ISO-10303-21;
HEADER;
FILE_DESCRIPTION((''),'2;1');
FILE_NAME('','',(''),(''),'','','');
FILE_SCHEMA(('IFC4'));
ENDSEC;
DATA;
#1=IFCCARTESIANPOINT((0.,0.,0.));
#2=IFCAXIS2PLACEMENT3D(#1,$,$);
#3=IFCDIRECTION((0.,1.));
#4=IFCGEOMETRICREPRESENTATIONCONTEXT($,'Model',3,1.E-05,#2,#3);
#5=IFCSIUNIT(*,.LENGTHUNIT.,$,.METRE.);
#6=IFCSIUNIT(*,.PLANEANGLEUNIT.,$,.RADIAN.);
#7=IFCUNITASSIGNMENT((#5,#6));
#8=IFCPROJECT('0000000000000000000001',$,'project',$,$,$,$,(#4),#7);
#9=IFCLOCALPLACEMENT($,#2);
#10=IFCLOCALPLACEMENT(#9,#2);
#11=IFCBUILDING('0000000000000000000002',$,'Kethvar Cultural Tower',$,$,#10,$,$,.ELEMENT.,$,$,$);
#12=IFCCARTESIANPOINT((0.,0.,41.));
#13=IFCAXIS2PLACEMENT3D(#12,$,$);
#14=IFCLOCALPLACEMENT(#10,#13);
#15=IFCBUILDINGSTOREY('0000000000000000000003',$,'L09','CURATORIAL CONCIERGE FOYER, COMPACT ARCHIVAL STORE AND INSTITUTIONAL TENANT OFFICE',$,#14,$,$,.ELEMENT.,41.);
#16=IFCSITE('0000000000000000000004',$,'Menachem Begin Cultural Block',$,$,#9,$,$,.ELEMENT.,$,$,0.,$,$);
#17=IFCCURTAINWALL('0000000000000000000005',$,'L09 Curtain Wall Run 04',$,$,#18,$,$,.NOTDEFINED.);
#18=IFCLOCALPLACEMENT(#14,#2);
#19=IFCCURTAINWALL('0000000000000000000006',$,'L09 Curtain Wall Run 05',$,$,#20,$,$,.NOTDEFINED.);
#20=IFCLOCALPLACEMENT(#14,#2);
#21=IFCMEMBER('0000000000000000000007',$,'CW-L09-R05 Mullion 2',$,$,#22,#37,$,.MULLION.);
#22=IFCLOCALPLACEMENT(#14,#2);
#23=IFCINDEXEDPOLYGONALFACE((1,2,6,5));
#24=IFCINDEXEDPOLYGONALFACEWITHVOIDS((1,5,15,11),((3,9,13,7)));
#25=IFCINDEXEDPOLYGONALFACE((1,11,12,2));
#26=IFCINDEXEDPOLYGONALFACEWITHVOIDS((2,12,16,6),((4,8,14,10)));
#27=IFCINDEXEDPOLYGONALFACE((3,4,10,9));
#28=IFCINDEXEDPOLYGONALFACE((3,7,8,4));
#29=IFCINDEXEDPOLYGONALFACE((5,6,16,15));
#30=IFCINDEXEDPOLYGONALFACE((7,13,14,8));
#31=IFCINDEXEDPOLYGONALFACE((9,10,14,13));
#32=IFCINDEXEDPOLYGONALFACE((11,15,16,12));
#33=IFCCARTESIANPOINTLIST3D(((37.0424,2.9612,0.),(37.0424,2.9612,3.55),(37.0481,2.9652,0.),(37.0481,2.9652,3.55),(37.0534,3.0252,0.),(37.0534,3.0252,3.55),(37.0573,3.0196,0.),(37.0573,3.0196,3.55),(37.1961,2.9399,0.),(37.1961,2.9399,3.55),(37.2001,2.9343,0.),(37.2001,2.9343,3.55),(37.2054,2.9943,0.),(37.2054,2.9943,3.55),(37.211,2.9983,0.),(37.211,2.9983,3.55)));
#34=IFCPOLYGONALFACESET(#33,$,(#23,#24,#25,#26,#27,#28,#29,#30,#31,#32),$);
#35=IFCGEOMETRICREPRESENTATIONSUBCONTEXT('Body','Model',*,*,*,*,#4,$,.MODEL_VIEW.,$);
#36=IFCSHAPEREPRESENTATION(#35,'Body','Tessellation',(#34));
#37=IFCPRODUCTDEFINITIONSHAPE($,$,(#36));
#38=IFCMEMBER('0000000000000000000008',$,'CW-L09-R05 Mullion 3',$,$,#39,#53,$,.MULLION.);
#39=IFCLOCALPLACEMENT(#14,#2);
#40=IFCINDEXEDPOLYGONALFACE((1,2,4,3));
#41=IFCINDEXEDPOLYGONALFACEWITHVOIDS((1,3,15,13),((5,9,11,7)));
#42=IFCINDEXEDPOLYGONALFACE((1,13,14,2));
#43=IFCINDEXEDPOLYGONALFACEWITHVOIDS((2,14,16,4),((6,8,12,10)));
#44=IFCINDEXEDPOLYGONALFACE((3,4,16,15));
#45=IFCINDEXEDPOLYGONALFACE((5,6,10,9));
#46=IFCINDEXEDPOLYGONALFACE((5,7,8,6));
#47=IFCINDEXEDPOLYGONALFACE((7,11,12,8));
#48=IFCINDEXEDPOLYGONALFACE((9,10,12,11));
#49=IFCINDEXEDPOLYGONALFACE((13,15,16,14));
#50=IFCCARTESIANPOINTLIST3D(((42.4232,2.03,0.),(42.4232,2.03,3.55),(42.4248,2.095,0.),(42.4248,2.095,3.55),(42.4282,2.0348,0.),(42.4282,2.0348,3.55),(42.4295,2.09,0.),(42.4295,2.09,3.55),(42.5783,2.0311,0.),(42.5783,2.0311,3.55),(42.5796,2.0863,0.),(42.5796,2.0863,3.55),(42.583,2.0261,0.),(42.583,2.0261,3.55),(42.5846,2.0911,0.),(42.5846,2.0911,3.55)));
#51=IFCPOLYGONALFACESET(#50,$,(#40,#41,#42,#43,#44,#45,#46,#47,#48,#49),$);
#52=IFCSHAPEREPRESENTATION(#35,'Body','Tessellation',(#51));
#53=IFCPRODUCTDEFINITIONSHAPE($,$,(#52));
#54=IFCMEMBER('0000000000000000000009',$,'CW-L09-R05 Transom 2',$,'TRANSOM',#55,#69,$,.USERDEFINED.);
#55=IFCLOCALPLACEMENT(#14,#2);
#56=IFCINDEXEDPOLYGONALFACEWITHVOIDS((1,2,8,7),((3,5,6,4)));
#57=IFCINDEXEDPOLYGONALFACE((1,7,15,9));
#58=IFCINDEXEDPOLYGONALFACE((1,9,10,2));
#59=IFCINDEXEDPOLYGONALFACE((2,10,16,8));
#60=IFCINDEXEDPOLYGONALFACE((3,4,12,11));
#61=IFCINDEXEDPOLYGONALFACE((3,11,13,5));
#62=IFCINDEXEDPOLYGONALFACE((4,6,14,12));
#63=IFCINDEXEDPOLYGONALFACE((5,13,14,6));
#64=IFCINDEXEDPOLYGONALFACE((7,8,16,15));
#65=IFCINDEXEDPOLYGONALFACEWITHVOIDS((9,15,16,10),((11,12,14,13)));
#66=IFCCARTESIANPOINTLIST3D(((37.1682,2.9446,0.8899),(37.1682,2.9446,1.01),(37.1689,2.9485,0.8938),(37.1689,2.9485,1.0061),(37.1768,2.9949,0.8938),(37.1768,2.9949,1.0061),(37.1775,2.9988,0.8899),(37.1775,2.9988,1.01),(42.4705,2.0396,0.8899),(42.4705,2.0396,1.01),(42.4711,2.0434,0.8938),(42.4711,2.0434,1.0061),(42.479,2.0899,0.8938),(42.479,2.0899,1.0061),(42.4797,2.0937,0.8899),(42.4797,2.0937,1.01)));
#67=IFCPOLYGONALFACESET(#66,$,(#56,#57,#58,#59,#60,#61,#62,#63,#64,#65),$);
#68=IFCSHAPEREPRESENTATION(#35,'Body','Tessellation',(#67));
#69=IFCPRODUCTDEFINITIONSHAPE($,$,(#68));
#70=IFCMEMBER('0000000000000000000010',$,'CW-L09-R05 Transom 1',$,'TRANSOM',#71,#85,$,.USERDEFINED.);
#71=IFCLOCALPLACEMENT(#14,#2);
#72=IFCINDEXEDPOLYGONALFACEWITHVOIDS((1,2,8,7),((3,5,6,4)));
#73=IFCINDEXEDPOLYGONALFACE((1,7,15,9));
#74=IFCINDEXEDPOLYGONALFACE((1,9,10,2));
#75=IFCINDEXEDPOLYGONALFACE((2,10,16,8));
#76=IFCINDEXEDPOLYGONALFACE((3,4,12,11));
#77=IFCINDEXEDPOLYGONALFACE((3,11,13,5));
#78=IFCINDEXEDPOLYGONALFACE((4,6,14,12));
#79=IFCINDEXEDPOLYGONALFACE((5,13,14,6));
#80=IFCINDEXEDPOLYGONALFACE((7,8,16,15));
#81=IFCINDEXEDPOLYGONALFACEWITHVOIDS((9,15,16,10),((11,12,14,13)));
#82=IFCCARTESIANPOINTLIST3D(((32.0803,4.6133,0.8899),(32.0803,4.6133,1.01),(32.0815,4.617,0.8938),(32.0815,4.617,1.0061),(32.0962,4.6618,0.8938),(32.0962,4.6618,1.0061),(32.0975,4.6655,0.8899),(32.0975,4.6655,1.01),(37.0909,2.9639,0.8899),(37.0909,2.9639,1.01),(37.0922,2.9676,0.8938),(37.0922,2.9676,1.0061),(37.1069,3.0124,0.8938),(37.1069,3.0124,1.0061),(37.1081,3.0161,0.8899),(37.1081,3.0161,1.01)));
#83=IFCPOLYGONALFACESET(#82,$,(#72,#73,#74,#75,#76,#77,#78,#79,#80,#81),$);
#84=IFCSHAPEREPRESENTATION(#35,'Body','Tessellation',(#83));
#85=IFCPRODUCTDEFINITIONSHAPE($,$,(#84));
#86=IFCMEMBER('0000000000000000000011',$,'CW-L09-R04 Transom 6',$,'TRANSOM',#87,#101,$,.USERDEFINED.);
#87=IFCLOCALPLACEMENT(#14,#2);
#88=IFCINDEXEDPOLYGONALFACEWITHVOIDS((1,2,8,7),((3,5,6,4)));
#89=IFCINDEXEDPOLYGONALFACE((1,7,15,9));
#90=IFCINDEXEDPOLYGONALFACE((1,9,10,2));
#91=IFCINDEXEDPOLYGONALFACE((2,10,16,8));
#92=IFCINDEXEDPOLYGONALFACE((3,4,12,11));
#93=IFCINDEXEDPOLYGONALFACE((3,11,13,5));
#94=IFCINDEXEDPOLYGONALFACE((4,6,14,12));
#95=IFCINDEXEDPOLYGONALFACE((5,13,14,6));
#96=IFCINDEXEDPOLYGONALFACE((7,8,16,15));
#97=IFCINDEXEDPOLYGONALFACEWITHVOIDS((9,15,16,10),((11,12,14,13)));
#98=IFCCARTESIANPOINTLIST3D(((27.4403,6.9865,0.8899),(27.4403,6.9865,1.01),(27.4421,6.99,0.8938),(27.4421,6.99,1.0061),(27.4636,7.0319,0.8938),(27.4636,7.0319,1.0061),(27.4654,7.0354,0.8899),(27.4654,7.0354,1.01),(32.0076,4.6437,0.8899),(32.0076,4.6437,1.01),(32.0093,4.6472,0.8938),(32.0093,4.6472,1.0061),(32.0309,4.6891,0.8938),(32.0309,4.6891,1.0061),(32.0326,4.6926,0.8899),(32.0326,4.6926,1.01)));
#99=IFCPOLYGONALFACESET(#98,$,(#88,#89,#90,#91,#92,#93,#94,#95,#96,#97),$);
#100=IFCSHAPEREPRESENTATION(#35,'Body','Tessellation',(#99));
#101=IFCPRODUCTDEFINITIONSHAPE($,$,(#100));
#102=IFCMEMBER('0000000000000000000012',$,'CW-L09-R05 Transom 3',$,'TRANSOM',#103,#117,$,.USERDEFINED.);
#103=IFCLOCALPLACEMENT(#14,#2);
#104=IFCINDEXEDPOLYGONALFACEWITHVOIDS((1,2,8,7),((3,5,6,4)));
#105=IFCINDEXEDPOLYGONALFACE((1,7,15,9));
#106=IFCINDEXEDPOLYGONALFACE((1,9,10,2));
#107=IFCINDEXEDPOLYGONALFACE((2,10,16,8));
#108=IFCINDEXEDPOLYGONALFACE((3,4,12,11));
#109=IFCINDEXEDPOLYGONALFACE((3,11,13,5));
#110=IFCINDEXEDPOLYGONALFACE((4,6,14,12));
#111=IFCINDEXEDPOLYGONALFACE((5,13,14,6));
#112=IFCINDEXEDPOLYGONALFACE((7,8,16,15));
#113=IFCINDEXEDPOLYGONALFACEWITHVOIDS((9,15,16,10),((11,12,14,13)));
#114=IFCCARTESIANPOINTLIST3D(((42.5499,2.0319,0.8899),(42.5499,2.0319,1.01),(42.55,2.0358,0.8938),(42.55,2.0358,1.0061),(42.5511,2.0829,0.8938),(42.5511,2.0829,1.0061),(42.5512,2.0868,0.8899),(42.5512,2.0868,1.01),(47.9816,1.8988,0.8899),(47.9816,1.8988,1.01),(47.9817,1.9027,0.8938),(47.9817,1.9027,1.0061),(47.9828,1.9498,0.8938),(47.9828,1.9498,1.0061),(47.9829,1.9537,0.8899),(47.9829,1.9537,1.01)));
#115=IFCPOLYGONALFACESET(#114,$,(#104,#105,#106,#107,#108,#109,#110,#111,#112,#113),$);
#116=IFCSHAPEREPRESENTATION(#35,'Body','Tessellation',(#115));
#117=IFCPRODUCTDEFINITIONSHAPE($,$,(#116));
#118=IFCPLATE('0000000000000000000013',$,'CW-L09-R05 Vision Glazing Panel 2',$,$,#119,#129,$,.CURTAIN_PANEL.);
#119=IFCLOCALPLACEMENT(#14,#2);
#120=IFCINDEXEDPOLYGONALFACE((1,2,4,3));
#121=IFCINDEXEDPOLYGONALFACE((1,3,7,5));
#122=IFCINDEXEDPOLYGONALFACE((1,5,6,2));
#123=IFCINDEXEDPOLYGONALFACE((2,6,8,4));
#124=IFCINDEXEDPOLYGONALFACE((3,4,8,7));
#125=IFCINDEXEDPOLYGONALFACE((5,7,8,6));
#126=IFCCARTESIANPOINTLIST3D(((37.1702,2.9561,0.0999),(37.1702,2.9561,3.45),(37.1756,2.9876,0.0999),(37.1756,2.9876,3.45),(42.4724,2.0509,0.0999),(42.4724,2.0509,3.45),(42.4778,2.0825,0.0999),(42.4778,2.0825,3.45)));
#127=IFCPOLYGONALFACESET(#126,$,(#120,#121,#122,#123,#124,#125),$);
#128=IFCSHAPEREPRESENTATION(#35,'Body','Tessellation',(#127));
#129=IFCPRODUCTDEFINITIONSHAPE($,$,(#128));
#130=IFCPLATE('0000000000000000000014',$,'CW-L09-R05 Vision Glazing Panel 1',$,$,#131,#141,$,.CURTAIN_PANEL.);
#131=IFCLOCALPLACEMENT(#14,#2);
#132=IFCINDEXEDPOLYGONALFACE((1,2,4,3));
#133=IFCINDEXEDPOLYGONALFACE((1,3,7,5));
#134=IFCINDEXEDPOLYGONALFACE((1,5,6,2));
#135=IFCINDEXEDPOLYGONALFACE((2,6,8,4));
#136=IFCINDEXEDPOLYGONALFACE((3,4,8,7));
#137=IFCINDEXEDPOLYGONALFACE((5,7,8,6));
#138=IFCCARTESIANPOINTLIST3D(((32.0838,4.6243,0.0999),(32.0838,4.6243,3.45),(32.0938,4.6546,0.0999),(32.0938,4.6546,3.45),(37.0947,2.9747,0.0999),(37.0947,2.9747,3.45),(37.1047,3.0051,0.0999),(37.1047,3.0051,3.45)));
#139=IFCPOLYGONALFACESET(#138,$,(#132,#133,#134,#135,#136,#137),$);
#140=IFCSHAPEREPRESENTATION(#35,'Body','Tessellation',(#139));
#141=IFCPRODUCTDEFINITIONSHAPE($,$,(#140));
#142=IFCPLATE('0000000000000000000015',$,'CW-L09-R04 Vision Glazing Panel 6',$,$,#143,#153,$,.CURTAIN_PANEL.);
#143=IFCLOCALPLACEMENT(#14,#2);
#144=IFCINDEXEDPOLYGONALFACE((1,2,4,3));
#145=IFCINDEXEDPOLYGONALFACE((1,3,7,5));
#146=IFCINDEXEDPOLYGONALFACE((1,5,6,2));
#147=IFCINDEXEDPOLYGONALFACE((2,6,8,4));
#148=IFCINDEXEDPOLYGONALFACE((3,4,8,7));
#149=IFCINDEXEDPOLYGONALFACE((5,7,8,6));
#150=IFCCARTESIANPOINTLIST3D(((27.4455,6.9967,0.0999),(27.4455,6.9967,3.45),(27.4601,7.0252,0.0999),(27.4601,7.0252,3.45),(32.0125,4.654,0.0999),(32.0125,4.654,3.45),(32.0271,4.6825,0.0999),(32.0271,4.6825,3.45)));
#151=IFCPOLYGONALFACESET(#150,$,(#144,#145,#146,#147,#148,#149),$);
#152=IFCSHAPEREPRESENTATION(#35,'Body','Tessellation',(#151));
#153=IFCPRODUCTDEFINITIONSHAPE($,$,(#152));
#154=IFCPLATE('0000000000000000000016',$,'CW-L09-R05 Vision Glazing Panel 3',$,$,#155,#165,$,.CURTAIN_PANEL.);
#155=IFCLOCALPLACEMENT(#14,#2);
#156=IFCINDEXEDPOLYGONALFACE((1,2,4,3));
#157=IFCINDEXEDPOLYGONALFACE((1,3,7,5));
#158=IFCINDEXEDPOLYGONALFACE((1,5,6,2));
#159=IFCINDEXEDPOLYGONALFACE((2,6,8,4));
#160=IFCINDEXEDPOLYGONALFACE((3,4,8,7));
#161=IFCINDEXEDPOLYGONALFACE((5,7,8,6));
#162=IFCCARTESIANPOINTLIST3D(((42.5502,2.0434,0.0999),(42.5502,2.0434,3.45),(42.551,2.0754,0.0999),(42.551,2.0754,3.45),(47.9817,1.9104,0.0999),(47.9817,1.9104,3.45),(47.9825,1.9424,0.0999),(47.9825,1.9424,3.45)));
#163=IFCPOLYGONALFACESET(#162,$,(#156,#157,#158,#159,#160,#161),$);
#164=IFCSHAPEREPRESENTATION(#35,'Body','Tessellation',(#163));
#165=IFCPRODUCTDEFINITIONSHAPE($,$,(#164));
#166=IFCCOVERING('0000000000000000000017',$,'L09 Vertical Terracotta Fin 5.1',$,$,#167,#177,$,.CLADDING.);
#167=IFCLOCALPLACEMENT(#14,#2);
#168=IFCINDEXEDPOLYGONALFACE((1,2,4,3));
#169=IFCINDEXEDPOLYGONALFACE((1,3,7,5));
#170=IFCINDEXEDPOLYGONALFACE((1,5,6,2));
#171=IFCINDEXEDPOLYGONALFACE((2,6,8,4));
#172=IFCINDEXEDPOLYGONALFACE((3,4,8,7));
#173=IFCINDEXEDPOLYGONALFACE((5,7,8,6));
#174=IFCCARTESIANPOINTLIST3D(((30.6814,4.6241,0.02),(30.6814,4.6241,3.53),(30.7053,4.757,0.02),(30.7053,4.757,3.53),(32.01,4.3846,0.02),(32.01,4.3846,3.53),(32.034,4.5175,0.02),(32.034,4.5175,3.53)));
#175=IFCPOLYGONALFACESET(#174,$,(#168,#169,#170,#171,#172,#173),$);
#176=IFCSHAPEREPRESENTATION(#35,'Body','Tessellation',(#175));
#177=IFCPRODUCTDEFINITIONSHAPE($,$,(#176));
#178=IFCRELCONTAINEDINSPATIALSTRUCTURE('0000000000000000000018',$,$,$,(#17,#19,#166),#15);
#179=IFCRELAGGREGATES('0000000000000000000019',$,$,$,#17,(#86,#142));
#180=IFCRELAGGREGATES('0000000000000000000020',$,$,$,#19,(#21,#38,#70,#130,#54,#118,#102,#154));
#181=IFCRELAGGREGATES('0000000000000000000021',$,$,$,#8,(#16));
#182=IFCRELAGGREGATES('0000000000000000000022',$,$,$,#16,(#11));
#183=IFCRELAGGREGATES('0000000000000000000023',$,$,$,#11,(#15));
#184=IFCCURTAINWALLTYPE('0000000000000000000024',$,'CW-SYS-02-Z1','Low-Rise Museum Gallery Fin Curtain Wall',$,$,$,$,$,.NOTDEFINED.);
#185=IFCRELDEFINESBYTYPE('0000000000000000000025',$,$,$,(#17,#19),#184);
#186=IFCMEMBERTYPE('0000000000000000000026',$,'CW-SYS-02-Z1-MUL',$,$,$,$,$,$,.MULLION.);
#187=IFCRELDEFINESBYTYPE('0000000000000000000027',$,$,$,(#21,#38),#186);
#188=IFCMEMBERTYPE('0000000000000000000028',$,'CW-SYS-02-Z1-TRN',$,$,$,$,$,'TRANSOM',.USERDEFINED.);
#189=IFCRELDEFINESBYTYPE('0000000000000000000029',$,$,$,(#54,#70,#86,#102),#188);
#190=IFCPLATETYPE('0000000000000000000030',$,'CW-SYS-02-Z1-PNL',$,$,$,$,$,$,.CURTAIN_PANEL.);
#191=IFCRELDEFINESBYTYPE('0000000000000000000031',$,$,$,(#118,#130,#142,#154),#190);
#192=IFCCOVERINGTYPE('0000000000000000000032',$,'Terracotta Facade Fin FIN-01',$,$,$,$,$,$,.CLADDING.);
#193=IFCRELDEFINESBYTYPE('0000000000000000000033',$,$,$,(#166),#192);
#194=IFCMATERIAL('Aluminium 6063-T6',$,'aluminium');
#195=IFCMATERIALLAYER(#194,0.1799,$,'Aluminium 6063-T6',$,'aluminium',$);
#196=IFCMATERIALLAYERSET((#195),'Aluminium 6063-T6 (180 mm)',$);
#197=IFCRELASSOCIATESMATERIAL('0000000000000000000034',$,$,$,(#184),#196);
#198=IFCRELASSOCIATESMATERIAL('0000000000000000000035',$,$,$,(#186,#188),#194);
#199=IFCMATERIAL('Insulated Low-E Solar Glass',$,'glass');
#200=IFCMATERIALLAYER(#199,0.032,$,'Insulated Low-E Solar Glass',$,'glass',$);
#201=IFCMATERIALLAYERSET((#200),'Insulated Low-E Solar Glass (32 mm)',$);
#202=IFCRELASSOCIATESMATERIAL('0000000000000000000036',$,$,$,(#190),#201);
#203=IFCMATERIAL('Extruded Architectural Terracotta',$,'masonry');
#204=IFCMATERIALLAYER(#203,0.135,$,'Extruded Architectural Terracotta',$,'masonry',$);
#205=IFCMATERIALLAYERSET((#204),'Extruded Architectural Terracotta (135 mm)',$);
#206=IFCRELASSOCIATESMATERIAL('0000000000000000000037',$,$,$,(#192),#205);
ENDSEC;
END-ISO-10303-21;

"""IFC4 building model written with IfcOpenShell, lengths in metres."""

from ifc_helpers import new_model, si_unit, direction, frame, origin, origin_2d, place, context, subcontext, project, spatial, rectangle, hollow_rectangle, extrude, source, transform, mapped, material, layer, layer_set, material_profile, profile_set, type_object, element, aggregate, save


model = new_model("IFC4")

# Units and contexts
model_context = context("Model", 3, precision=1e-05, world=origin(), true_north=direction((0.0, 1.0)))
body_context = subcontext(model_context, "Body", "Model", "MODEL_VIEW")
ifc_project = project(units=[si_unit("LENGTHUNIT", "METRE"), si_unit("PLANEANGLEUNIT", "RADIAN")], contexts=[model_context])

# Site, building, storey
site_placement = place(None, origin())
site = spatial("IfcSite", under=ifc_project, at=site_placement, Name="Menachem Begin Cultural Block", CompositionType="ELEMENT", RefElevation=0.0)
building_placement = place(site_placement, origin())
building = spatial("IfcBuilding", under=site, at=building_placement, Name="Kethvar Cultural Tower", CompositionType="ELEMENT")
storey_placement = place(building_placement, frame((0.0, 0.0, 41.0)))
storey = spatial("IfcBuildingStorey", under=building, at=storey_placement, Name="L09", Description="CURATORIAL CONCIERGE FOYER, COMPACT ARCHIVAL STORE AND INSTITUTIONAL TENANT OFFICE", CompositionType="ELEMENT", Elevation=41.0)

# Curtain wall
ifc_material_1 = material(Name="Aluminium 6063-T6", Category="aluminium")
ifc_layer_1 = layer(ifc_material_1, 0.1799, Name="Aluminium 6063-T6", Category="aluminium")
ifc_layer_set_1 = layer_set([ifc_layer_1], Name="Aluminium 6063-T6 (180 mm)")
curtain_wall_type = type_object("IfcCurtainWallType", Name="CW-SYS-02-Z1", Description="Low-Rise Museum Gallery Fin Curtain Wall", PredefinedType="NOTDEFINED", material=ifc_layer_set_1)
curtain_wall_1_placement = place(storey_placement, origin())
curtain_wall_1 = element("IfcCurtainWall", 1, at=curtain_wall_1_placement, inside=storey, type_object=curtain_wall_type, Name="L09 Curtain Wall Run 04", PredefinedType="NOTDEFINED")
ifc_material_profile_1 = material_profile(ifc_material_1, hollow_rectangle(XDim=0.0649, YDim=0.1599, WallThickness=0.0049, at=origin_2d()), Name="Aluminium 6063-T6 — RHS160x65x5")
ifc_profile_set_1 = profile_set([ifc_material_profile_1], Name="Aluminium 6063-T6 — RHS160x65x5")
member_type_1 = type_object("IfcMemberType", Name="CW-SYS-02-Z1-MUL", PredefinedType="MULLION", material=ifc_profile_set_1)
shared_shape_1 = source(origin(), body_context, "Body", "SweptSolid", [
    extrude(hollow_rectangle(XDim=0.0649, YDim=0.1599, WallThickness=0.0049, at=origin_2d()), origin(), (0.0, 0.0, 1.0), 3.55),
])

# Curtain wall, members
curtain_wall_2_placement = place(storey_placement, origin())
curtain_wall_2 = element("IfcCurtainWall", 2, at=curtain_wall_2_placement, inside=storey, type_object=curtain_wall_type, Name="L09 Curtain Wall Run 05", PredefinedType="NOTDEFINED")
member_1_placement = place(storey_placement, frame((37.1267, 2.9797, 0.0), z_axis=(0.0, 0.0, 1.0), x_axis=(0.168283, 0.985739, 0.0)))
member_1 = element("IfcMember", 3, at=member_1_placement, type_object=member_type_1, Name="CW-L09-R05 Mullion 2", PredefinedType="MULLION", context=body_context, shape_type="MappedRepresentation", body=[
    mapped(shared_shape_1, transform((0.0, 0.0, 0.0), scale=1.0)),
])
member_2_placement = place(storey_placement, frame((42.5039, 2.0605, 0.0), z_axis=(0.0, 0.0, 1.0), x_axis=(0.024485, 0.9997, 0.0)))
member_2 = element("IfcMember", 4, at=member_2_placement, type_object=member_type_1, Name="CW-L09-R05 Mullion 3", PredefinedType="MULLION", context=body_context, shape_type="MappedRepresentation", body=[
    mapped(shared_shape_1, transform((0.0, 0.0, 0.0), scale=1.0)),
])
ifc_material_profile_2 = material_profile(ifc_material_1, hollow_rectangle(XDim=0.0549, YDim=0.1201, WallThickness=0.0039, at=origin_2d()), Name="Aluminium 6063-T6 — RHS120x55x4")
ifc_profile_set_2 = profile_set([ifc_material_profile_2], Name="Aluminium 6063-T6 — RHS120x55x4")
member_type_2 = type_object("IfcMemberType", Name="CW-SYS-02-Z1-TRN", ElementType="TRANSOM", PredefinedType="USERDEFINED", material=ifc_profile_set_2)
shared_shape_2 = source(origin(), body_context, "Body", "SweptSolid", [
    extrude(hollow_rectangle(XDim=0.0549, YDim=0.1201, WallThickness=0.0039, at=origin_2d()), origin(), (0.0, 0.0, 1.0), 5.3789),
])
member_3_placement = place(storey_placement, frame((37.1729, 2.9717, 0.95), z_axis=(0.985744, -0.168255, 0.0), x_axis=(0.168255, 0.985744, 0.0)))
member_3 = element("IfcMember", 5, at=member_3_placement, type_object=member_type_2, Name="CW-L09-R05 Transom 2", ObjectType="TRANSOM", PredefinedType="USERDEFINED", context=body_context, shape_type="MappedRepresentation", body=[
    mapped(shared_shape_2, transform((0.0, 0.0, 0.0), scale=1.0)),
])
shared_shape_3 = source(origin(), body_context, "Body", "SweptSolid", [
    extrude(hollow_rectangle(XDim=0.0549, YDim=0.1201, WallThickness=0.0039, at=origin_2d()), origin(), (0.0, 0.0, 1.0), 5.2751),
])
member_4_placement = place(storey_placement, frame((32.0889, 4.6394, 0.95), z_axis=(0.949861, -0.312671, 0.0), x_axis=(0.312671, 0.949861, 0.0)))
member_4 = element("IfcMember", 6, at=member_4_placement, type_object=member_type_2, Name="CW-L09-R05 Transom 1", ObjectType="TRANSOM", PredefinedType="USERDEFINED", context=body_context, shape_type="MappedRepresentation", body=[
    mapped(shared_shape_3, transform((0.0, 0.0, 0.0), scale=1.0)),
])

# Members
shared_shape_4 = source(origin(), body_context, "Body", "SweptSolid", [
    extrude(hollow_rectangle(XDim=0.0549, YDim=0.1201, WallThickness=0.0039, at=origin_2d()), origin(), (0.0, 0.0, 1.0), 5.1331),
])
member_5_placement = place(storey_placement, frame((27.4529, 7.011, 0.95), z_axis=(0.889766, -0.456417, 0.0), x_axis=(0.456417, 0.889766, 0.0)))
member_5 = element("IfcMember", 7, at=member_5_placement, type_object=member_type_2, Name="CW-L09-R04 Transom 6", ObjectType="TRANSOM", PredefinedType="USERDEFINED", context=body_context, shape_type="MappedRepresentation", body=[
    mapped(shared_shape_4, transform((0.0, 0.0, 0.0), scale=1.0)),
])
shared_shape_5 = source(origin(), body_context, "Body", "SweptSolid", [
    extrude(hollow_rectangle(XDim=0.0549, YDim=0.1201, WallThickness=0.0039, at=origin_2d()), origin(), (0.0, 0.0, 1.0), 5.4333),
])
member_6_placement = place(storey_placement, frame((42.5505, 2.0593, 0.95), z_axis=(0.9997, -0.024489, 0.0), x_axis=(0.024489, 0.9997, 0.0)))
member_6 = element("IfcMember", 8, at=member_6_placement, type_object=member_type_2, Name="CW-L09-R05 Transom 3", ObjectType="TRANSOM", PredefinedType="USERDEFINED", context=body_context, shape_type="MappedRepresentation", body=[
    mapped(shared_shape_5, transform((0.0, 0.0, 0.0), scale=1.0)),
])

# Plates
ifc_material_2 = material(Name="Insulated Low-E Solar Glass", Category="glass")
ifc_layer_2 = layer(ifc_material_2, 0.032, Name="Insulated Low-E Solar Glass", Category="glass")
ifc_layer_set_2 = layer_set([ifc_layer_2], Name="Insulated Low-E Solar Glass (32 mm)")
plate_type = type_object("IfcPlateType", Name="CW-SYS-02-Z1-PNL", PredefinedType="CURTAIN_PANEL", material=ifc_layer_set_2)
shared_shape_6 = source(origin(), body_context, "Body", "SweptSolid", [
    extrude(rectangle(XDim=5.3789, YDim=0.032, at=origin_2d()), origin(), (0.0, 0.0, 1.0), 3.3501),
])
plate_1_placement = place(storey_placement, frame((39.824, 2.5193, 0.0999), z_axis=(0.0, 0.0, 1.0), x_axis=(0.985739, -0.168283, 0.0)))
plate_1 = element("IfcPlate", 9, at=plate_1_placement, type_object=plate_type, Name="CW-L09-R05 Vision Glazing Panel 2", PredefinedType="CURTAIN_PANEL", context=body_context, shape_type="MappedRepresentation", body=[
    mapped(shared_shape_6, transform((0.0, 0.0, 0.0), scale=1.0)),
])
shared_shape_7 = source(origin(), body_context, "Body", "SweptSolid", [
    extrude(rectangle(XDim=5.2754, YDim=0.032, at=origin_2d()), origin(), (0.0, 0.0, 1.0), 3.3501),
])
plate_2_placement = place(storey_placement, frame((34.5942, 3.8147, 0.0999), z_axis=(0.0, 0.0, 1.0), x_axis=(0.949858, -0.312683, 0.0)))
plate_2 = element("IfcPlate", 10, at=plate_2_placement, type_object=plate_type, Name="CW-L09-R05 Vision Glazing Panel 1", PredefinedType="CURTAIN_PANEL", context=body_context, shape_type="MappedRepresentation", body=[
    mapped(shared_shape_7, transform((0.0, 0.0, 0.0), scale=1.0)),
])
shared_shape_8 = source(origin(), body_context, "Body", "SweptSolid", [
    extrude(rectangle(XDim=5.1328, YDim=0.032, at=origin_2d()), origin(), (0.0, 0.0, 1.0), 3.3501),
])
plate_3_placement = place(storey_placement, frame((29.7363, 5.8396, 0.0999), z_axis=(0.0, 0.0, 1.0), x_axis=(0.889767, -0.456415, 0.0)))
plate_3 = element("IfcPlate", 11, at=plate_3_placement, type_object=plate_type, Name="CW-L09-R04 Vision Glazing Panel 6", PredefinedType="CURTAIN_PANEL", context=body_context, shape_type="MappedRepresentation", body=[
    mapped(shared_shape_8, transform((0.0, 0.0, 0.0), scale=1.0)),
])
aggregate(curtain_wall_1, [member_5, plate_3])
shared_shape_9 = source(origin(), body_context, "Body", "SweptSolid", [
    extrude(rectangle(XDim=5.4331, YDim=0.032, at=origin_2d()), origin(), (0.0, 0.0, 1.0), 3.3501),
])
plate_4_placement = place(storey_placement, frame((45.2664, 1.9929, 0.0999), z_axis=(0.0, 0.0, 1.0), x_axis=(0.9997, -0.024485, 0.0)))
plate_4 = element("IfcPlate", 12, at=plate_4_placement, type_object=plate_type, Name="CW-L09-R05 Vision Glazing Panel 3", PredefinedType="CURTAIN_PANEL", context=body_context, shape_type="MappedRepresentation", body=[
    mapped(shared_shape_9, transform((0.0, 0.0, 0.0), scale=1.0)),
])
aggregate(curtain_wall_2, [member_1, member_2, member_4, plate_2, member_3, plate_1, member_6, plate_4])

# Covering
ifc_material_3 = material(Name="Extruded Architectural Terracotta", Category="masonry")
ifc_layer_3 = layer(ifc_material_3, 0.135, Name="Extruded Architectural Terracotta", Category="masonry")
ifc_layer_set_3 = layer_set([ifc_layer_3], Name="Extruded Architectural Terracotta (135 mm)")
covering_type = type_object("IfcCoveringType", Name="Terracotta Facade Fin FIN-01", PredefinedType="CLADDING", material=ifc_layer_set_3)
shared_shape_10 = source(origin(), body_context, "Body", "SweptSolid", [
    extrude(rectangle(XDim=1.3501, YDim=0.135, at=origin_2d()), origin(), (0.0, 0.0, 1.0), 3.51),
])
for number, where, z_axis, x_axis, name in (
    (13, (31.3577, 4.5708, 0.02), (0.0, 0.0, 1.0), (-0.984134, 0.177428, 0.0), "L09 Vertical Terracotta Fin 5.1"),
):
    element("IfcCovering", number, at=place(storey_placement, frame(where, z_axis=z_axis, x_axis=x_axis)), inside=storey, type_object=covering_type, Name=name, PredefinedType="CLADDING", context=body_context, shape_type="MappedRepresentation", body=[
        mapped(shared_shape_10, transform((0.0, 0.0, 0.0), scale=1.0)),
    ])

save(model, "model.ifc")
